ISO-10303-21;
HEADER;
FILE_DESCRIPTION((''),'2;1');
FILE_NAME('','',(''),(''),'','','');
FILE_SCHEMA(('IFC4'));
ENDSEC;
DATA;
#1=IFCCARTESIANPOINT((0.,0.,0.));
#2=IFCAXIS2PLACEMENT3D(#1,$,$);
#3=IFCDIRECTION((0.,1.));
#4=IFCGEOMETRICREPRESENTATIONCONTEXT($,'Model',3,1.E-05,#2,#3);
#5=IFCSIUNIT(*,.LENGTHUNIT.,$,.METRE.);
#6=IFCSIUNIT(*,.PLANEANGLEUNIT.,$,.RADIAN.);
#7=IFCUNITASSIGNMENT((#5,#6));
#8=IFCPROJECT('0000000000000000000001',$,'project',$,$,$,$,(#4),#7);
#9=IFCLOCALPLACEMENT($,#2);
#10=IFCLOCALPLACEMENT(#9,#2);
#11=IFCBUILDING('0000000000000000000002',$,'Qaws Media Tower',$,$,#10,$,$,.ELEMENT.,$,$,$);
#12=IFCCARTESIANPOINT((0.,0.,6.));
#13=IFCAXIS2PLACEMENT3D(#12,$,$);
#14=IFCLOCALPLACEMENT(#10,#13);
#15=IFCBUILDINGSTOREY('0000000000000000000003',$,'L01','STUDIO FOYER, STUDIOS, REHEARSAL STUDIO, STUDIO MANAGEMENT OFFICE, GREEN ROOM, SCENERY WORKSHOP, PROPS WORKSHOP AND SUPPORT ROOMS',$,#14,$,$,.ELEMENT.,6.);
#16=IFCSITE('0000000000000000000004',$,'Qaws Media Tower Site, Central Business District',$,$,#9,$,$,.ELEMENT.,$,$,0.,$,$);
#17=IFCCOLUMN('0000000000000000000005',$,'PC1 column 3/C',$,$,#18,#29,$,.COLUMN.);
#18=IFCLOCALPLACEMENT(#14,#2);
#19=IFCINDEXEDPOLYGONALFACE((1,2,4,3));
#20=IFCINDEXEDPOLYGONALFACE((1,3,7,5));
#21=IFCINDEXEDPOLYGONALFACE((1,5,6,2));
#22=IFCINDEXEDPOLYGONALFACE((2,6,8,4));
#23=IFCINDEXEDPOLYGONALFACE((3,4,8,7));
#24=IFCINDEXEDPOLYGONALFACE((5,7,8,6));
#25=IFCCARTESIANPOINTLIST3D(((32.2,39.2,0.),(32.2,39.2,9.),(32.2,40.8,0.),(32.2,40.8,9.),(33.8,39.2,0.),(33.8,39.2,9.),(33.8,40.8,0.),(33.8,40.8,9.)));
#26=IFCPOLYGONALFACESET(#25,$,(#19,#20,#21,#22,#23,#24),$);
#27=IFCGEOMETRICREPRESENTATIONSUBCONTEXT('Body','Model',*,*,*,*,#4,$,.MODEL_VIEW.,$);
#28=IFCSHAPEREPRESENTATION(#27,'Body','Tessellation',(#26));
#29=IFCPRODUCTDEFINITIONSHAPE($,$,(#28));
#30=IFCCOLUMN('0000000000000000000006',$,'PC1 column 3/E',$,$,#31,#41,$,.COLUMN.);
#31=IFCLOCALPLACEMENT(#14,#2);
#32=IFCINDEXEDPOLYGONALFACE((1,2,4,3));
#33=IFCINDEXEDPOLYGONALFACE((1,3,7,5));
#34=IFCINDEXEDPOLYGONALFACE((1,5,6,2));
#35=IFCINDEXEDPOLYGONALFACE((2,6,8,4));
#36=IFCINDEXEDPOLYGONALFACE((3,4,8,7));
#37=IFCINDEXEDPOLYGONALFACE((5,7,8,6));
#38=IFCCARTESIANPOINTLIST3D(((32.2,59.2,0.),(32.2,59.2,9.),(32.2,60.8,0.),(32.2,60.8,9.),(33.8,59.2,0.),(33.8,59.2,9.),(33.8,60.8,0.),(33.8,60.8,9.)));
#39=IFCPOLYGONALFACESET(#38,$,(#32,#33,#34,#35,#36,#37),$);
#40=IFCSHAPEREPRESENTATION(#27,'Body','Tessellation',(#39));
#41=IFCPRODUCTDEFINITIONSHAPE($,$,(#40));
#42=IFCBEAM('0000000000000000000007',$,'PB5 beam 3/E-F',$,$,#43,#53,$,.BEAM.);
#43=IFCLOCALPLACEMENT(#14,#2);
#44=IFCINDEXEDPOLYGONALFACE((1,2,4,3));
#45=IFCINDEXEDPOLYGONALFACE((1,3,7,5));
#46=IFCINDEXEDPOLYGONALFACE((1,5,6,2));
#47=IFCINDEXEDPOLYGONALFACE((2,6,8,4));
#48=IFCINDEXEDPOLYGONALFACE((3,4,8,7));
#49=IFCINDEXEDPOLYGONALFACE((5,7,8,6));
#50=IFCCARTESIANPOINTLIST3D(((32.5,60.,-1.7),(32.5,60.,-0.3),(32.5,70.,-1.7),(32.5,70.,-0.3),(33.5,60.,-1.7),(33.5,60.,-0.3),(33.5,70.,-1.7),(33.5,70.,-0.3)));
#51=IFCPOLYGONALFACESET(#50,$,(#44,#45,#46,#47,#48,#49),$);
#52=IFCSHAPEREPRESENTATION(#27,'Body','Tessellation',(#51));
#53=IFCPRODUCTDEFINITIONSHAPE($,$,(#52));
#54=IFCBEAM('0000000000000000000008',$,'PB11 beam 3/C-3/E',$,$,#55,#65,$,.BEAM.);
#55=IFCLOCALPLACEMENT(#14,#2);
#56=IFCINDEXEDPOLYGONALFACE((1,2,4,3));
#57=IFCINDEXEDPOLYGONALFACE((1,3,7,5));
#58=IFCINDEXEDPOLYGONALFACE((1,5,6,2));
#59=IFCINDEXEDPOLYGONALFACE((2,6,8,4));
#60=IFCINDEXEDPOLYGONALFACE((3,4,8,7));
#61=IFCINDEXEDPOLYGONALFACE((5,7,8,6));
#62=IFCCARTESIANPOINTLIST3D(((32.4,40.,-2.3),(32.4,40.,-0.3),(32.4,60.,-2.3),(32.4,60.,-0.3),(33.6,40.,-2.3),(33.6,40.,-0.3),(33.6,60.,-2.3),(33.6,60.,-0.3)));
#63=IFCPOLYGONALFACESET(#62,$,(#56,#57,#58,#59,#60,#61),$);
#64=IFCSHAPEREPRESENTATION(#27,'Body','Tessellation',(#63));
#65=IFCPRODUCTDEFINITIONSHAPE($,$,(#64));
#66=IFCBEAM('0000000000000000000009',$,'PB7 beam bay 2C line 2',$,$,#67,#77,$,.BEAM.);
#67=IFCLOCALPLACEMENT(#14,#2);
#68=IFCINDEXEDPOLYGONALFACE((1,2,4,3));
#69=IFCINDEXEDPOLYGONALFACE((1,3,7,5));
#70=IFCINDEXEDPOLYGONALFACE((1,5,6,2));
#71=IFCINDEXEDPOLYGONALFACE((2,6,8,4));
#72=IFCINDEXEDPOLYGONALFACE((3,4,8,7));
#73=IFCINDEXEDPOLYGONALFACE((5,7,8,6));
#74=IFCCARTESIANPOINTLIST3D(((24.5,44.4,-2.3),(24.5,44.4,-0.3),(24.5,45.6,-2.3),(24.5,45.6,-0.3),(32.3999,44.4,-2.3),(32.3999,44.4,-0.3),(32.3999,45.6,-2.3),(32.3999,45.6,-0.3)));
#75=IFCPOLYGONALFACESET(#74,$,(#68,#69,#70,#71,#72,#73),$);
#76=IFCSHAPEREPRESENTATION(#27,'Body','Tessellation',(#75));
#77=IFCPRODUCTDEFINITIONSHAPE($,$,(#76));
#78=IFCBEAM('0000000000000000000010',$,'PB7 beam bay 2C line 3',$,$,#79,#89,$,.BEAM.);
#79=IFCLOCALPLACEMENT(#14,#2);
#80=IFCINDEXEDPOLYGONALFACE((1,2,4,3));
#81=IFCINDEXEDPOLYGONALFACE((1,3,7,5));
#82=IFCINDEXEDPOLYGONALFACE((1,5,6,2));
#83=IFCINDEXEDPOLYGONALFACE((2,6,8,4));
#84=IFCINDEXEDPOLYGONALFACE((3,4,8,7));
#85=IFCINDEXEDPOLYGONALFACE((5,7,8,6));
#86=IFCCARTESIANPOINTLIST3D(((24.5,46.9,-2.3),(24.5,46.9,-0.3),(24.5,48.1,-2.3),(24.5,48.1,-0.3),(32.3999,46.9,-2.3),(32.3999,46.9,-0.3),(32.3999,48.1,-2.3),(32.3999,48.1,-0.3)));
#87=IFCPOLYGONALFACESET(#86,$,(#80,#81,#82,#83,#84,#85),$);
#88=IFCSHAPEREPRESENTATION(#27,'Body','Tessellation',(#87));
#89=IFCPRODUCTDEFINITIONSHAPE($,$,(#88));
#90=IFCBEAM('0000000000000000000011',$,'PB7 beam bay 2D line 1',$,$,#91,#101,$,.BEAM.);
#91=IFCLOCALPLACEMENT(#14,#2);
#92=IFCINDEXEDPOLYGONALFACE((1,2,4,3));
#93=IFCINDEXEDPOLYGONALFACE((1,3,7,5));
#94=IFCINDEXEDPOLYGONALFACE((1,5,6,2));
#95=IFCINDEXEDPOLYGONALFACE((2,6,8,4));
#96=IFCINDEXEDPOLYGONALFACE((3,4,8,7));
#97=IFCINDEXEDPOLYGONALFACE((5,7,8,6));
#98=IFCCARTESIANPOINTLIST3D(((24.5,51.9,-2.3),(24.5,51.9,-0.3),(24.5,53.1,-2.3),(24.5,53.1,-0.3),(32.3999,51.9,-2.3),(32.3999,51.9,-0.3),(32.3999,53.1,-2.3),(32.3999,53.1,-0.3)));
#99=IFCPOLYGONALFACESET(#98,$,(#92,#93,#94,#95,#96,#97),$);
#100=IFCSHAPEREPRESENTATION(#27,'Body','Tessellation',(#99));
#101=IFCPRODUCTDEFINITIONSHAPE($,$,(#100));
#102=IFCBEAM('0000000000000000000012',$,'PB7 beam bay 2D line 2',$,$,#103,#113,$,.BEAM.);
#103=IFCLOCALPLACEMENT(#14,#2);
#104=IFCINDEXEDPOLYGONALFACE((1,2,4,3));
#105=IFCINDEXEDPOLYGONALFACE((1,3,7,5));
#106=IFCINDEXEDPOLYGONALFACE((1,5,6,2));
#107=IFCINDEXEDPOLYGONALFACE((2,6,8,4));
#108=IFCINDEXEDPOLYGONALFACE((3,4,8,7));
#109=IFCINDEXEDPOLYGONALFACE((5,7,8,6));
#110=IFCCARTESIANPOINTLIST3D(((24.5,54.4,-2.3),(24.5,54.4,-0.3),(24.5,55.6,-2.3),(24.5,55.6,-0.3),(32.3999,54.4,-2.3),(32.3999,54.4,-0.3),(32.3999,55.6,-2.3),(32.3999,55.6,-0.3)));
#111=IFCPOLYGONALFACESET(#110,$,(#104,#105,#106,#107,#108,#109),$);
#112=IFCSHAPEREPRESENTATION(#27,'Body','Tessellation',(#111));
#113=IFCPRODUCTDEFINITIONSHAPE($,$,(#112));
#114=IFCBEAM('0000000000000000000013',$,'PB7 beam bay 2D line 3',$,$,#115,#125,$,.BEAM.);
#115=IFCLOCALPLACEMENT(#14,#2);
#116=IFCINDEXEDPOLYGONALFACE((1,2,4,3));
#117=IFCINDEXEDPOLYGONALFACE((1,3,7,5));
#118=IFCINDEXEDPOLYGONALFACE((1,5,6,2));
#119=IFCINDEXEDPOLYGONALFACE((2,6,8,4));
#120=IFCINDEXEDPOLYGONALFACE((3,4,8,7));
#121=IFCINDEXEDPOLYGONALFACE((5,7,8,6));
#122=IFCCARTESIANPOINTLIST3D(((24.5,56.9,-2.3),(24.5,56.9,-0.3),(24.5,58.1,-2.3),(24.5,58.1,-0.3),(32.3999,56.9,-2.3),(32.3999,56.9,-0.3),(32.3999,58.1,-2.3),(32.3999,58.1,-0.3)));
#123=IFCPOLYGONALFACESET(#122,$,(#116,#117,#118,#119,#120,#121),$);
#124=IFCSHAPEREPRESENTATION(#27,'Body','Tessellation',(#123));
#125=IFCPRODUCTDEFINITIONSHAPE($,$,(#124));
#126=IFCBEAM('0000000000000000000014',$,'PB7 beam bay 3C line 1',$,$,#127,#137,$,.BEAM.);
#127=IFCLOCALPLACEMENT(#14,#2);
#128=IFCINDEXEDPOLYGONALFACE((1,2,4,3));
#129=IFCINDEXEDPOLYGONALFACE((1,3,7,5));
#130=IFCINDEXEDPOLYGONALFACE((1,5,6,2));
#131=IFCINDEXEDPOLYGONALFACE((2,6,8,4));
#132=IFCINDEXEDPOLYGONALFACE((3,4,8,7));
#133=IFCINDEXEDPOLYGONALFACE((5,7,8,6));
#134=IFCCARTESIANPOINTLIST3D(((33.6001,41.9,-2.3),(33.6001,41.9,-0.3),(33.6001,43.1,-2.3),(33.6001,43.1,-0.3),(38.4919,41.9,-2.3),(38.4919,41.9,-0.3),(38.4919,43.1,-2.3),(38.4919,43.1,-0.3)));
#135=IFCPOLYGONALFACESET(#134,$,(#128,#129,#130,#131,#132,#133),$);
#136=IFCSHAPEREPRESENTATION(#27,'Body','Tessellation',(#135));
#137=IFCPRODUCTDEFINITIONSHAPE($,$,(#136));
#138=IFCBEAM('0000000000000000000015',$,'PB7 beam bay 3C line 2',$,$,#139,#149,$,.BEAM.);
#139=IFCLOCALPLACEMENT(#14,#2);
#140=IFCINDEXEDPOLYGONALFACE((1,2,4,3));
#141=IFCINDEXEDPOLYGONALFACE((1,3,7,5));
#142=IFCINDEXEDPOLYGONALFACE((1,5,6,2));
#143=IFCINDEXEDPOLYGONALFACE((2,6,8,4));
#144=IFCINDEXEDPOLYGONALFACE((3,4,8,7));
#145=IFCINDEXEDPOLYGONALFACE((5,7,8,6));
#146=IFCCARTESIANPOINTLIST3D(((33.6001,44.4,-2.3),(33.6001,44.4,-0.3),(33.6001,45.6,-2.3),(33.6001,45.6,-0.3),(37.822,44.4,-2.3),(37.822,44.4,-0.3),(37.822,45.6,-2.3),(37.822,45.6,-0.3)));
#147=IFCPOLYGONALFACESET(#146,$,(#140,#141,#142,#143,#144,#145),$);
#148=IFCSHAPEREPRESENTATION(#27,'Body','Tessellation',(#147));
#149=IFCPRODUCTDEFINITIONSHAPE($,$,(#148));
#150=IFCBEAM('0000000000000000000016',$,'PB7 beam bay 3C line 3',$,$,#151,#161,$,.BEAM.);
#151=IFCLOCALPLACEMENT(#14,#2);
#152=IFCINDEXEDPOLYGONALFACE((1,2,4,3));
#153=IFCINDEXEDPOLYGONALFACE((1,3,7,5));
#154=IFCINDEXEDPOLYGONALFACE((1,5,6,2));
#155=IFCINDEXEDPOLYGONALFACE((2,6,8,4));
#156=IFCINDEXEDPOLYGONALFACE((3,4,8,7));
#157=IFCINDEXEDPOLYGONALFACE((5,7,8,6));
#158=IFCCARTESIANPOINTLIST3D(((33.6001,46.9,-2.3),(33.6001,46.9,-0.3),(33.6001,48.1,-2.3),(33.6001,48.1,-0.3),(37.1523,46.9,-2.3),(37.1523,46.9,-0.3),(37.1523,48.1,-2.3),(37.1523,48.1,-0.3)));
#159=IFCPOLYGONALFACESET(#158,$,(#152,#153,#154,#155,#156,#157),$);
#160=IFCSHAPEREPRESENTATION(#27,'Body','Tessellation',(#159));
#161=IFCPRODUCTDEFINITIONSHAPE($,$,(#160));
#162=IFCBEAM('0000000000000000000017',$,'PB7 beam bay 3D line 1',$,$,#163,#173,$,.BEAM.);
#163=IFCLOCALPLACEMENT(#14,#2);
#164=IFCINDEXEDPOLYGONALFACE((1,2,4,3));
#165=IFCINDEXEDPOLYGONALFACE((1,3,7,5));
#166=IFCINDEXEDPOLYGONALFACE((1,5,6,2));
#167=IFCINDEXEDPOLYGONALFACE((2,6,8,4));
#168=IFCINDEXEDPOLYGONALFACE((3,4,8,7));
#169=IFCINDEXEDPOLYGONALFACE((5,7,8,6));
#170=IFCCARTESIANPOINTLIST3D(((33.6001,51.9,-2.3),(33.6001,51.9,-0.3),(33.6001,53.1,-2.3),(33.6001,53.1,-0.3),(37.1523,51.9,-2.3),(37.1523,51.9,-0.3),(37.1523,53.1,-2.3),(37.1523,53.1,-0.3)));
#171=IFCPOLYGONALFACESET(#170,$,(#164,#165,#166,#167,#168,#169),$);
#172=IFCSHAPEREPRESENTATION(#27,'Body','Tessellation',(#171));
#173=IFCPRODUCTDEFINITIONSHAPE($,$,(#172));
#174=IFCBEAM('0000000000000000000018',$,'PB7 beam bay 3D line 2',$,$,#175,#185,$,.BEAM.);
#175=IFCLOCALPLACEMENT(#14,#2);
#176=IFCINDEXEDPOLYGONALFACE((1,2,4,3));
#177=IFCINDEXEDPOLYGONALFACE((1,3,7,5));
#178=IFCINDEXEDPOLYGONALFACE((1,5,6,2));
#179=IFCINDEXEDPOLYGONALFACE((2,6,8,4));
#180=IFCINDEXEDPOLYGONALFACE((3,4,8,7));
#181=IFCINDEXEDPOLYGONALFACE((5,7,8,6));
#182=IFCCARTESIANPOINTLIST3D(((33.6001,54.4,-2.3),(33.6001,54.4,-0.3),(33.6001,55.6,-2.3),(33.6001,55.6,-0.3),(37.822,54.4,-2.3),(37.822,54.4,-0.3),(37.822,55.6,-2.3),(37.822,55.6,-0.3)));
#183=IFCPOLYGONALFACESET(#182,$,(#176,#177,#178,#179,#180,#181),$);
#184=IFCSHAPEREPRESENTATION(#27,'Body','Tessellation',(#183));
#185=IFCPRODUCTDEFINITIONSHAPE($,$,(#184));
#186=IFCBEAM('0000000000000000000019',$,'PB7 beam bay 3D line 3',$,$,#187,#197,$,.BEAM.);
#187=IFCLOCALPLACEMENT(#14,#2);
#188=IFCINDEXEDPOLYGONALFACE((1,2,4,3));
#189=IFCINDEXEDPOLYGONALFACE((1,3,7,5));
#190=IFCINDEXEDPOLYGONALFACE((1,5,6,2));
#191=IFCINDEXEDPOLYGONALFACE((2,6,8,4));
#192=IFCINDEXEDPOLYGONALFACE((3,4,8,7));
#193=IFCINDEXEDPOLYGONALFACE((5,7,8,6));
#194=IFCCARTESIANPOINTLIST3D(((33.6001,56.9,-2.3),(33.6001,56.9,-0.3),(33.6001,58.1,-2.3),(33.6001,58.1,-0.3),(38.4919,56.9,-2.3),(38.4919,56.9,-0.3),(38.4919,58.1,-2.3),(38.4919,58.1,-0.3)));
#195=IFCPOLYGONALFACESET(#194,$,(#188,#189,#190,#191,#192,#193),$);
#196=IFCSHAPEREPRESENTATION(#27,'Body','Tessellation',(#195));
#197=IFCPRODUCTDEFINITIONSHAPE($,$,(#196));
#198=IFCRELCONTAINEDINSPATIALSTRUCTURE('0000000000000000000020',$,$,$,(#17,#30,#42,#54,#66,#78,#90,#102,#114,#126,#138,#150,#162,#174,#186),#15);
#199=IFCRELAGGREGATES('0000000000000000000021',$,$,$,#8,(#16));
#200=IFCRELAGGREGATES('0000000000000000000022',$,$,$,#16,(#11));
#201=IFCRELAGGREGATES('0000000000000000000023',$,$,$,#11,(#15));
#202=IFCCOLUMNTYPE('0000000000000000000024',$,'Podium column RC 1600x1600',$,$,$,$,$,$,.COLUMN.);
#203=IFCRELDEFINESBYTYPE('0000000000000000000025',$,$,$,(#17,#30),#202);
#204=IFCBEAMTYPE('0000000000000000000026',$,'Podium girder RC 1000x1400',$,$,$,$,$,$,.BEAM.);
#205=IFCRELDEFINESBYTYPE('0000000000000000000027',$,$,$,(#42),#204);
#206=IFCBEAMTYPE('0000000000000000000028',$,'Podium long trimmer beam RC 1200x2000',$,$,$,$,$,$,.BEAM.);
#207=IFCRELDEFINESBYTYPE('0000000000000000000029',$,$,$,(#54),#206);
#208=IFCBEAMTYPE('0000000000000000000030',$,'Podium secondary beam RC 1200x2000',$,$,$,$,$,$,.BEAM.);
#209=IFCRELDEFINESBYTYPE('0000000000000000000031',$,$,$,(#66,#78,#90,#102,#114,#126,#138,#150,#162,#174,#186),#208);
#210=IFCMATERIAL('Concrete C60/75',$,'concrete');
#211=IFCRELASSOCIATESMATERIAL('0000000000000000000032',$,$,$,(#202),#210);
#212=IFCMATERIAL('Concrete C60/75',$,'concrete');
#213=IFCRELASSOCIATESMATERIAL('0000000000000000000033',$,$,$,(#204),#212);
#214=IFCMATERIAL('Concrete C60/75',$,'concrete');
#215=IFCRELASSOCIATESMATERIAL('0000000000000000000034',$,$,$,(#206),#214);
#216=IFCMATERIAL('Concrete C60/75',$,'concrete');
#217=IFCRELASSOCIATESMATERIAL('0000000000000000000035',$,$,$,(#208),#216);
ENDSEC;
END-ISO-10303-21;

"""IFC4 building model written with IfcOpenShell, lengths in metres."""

from ifc_helpers import new_model, si_unit, direction, frame, origin, origin_2d, place, context, subcontext, project, spatial, rectangle, extrude, material, material_profile, profile_set, type_object, element, save


model = new_model("IFC4")

# Units and contexts
model_context = context("Model", 3, precision=1e-05, world=origin(), true_north=direction((0.0, 1.0)))
body_context = subcontext(model_context, "Body", "Model", "MODEL_VIEW")
ifc_project = project(units=[si_unit("LENGTHUNIT", "METRE"), si_unit("PLANEANGLEUNIT", "RADIAN")], contexts=[model_context])

# Site, building, storey
site_placement = place(None, origin())
site = spatial("IfcSite", under=ifc_project, at=site_placement, Name="Qaws Media Tower Site, Central Business District", CompositionType="ELEMENT", RefElevation=0.0)
building_placement = place(site_placement, origin())
building = spatial("IfcBuilding", under=site, at=building_placement, Name="Qaws Media Tower", CompositionType="ELEMENT")
storey_placement = place(building_placement, frame((0.0, 0.0, 6.0)))
storey = spatial("IfcBuildingStorey", under=building, at=storey_placement, Name="L01", Description="STUDIO FOYER, STUDIOS, REHEARSAL STUDIO, STUDIO MANAGEMENT OFFICE, GREEN ROOM, SCENERY WORKSHOP, PROPS WORKSHOP AND SUPPORT ROOMS", CompositionType="ELEMENT", Elevation=6.0)

# Columns
ifc_material_1 = material(Name="Concrete C60/75", Category="concrete")
ifc_material_profile_1 = material_profile(ifc_material_1, rectangle(XDim=1.6001, YDim=1.6001, at=origin_2d()), Name="RC 1600x1600")
ifc_profile_set_1 = profile_set([ifc_material_profile_1], Name="Concrete C60/75")
column_type = type_object("IfcColumnType", Name="Podium column RC 1600x1600", PredefinedType="COLUMN", material=ifc_profile_set_1)
for number, where, z_axis, x_axis, name in (
    (1, (33.0, 40.0, 0.0), (0.0, 0.0, 1.0), (1.0, 0.0, 0.0), "PC1 column 3/C"),
    (2, (33.0, 60.0, 0.0), (0.0, 0.0, 1.0), (1.0, 0.0, 0.0), "PC1 column 3/E"),
):
    element("IfcColumn", number, at=place(storey_placement, frame(where, z_axis=z_axis, x_axis=x_axis)), inside=storey, type_object=column_type, Name=name, PredefinedType="COLUMN", context=body_context, shape_type="SweptSolid", body=[
        extrude(rectangle(XDim=1.6001, YDim=1.6001, at=origin_2d()), origin(), (0.0, 0.0, 1.0), 9.0),
    ])

# Beams
ifc_material_2 = material(Name="Concrete C60/75", Category="concrete")
ifc_material_profile_2 = material_profile(ifc_material_2, rectangle(XDim=1.0, YDim=1.3999, at=origin_2d()), Name="RC 1000x1400")
ifc_profile_set_2 = profile_set([ifc_material_profile_2], Name="Concrete C60/75")
beam_type_1 = type_object("IfcBeamType", Name="Podium girder RC 1000x1400", PredefinedType="BEAM", material=ifc_profile_set_2)
beam_1_placement = place(storey_placement, frame((33.0, 60.0, -1.0), z_axis=(0.0, 1.0, 0.0), x_axis=(-1.0, 0.0, 0.0)))
element("IfcBeam", 3, at=beam_1_placement, inside=storey, type_object=beam_type_1, Name="PB5 beam 3/E-F", PredefinedType="BEAM", context=body_context, shape_type="SweptSolid", body=[
    extrude(rectangle(XDim=1.0, YDim=1.3999, at=origin_2d()), origin(), (0.0, 0.0, 1.0), 10.0),
])
ifc_material_3 = material(Name="Concrete C60/75", Category="concrete")
ifc_material_profile_3 = material_profile(ifc_material_3, rectangle(XDim=1.2, YDim=2.0, at=origin_2d()), Name="RC 1200x2000")
ifc_profile_set_3 = profile_set([ifc_material_profile_3], Name="Concrete C60/75")
beam_type_2 = type_object("IfcBeamType", Name="Podium long trimmer beam RC 1200x2000", PredefinedType="BEAM", material=ifc_profile_set_3)
beam_2_placement = place(storey_placement, frame((33.0, 40.0, -1.3), z_axis=(0.0, 1.0, 0.0), x_axis=(-1.0, 0.0, 0.0)))
element("IfcBeam", 4, at=beam_2_placement, inside=storey, type_object=beam_type_2, Name="PB11 beam 3/C-3/E", PredefinedType="BEAM", context=body_context, shape_type="SweptSolid", body=[
    extrude(rectangle(XDim=1.2, YDim=2.0, at=origin_2d()), origin(), (0.0, 0.0, 1.0), 20.0),
])
ifc_material_4 = material(Name="Concrete C60/75", Category="concrete")
ifc_material_profile_4 = material_profile(ifc_material_4, rectangle(XDim=1.2, YDim=2.0, at=origin_2d()), Name="RC 1200x2000")
ifc_profile_set_4 = profile_set([ifc_material_profile_4], Name="Concrete C60/75")
beam_type_3 = type_object("IfcBeamType", Name="Podium secondary beam RC 1200x2000", PredefinedType="BEAM", material=ifc_profile_set_4)
for number, where, z_axis, x_axis, name in (
    (5, (24.5, 45.0, -1.3), (1.0, 0.0, 0.0), (0.0, 1.0, 0.0), "PB7 beam bay 2C line 2"),
    (6, (24.5, 47.5, -1.3), (1.0, 0.0, 0.0), (0.0, 1.0, 0.0), "PB7 beam bay 2C line 3"),
    (7, (24.5, 52.5, -1.3), (1.0, 0.0, 0.0), (0.0, 1.0, 0.0), "PB7 beam bay 2D line 1"),
    (8, (24.5, 55.0, -1.3), (1.0, 0.0, 0.0), (0.0, 1.0, 0.0), "PB7 beam bay 2D line 2"),
    (9, (24.5, 57.5, -1.3), (1.0, 0.0, 0.0), (0.0, 1.0, 0.0), "PB7 beam bay 2D line 3"),
):
    element("IfcBeam", number, at=place(storey_placement, frame(where, z_axis=z_axis, x_axis=x_axis)), inside=storey, type_object=beam_type_3, Name=name, PredefinedType="BEAM", context=body_context, shape_type="SweptSolid", body=[
        extrude(rectangle(XDim=1.2, YDim=2.0, at=origin_2d()), origin(), (0.0, 0.0, 1.0), 7.8999),
    ])
beam_3_placement = place(storey_placement, frame((33.6001, 42.5, -1.3), z_axis=(1.0, 0.0, 0.0), x_axis=(0.0, 1.0, 0.0)))
element("IfcBeam", 10, at=beam_3_placement, inside=storey, type_object=beam_type_3, Name="PB7 beam bay 3C line 1", PredefinedType="BEAM", context=body_context, shape_type="SweptSolid", body=[
    extrude(rectangle(XDim=1.2, YDim=2.0, at=origin_2d()), origin(), (0.0, 0.0, 1.0), 4.8918),
])
beam_4_placement = place(storey_placement, frame((33.6001, 45.0, -1.3), z_axis=(1.0, 0.0, 0.0), x_axis=(0.0, 1.0, 0.0)))
element("IfcBeam", 11, at=beam_4_placement, inside=storey, type_object=beam_type_3, Name="PB7 beam bay 3C line 2", PredefinedType="BEAM", context=body_context, shape_type="SweptSolid", body=[
    extrude(rectangle(XDim=1.2, YDim=2.0, at=origin_2d()), origin(), (0.0, 0.0, 1.0), 4.2219),
])
for number, where, z_axis, x_axis, name in (
    (12, (33.6001, 47.5, -1.3), (1.0, 0.0, 0.0), (0.0, 1.0, 0.0), "PB7 beam bay 3C line 3"),
    (13, (33.6001, 52.5, -1.3), (1.0, 0.0, 0.0), (0.0, 1.0, 0.0), "PB7 beam bay 3D line 1"),
):
    element("IfcBeam", number, at=place(storey_placement, frame(where, z_axis=z_axis, x_axis=x_axis)), inside=storey, type_object=beam_type_3, Name=name, PredefinedType="BEAM", context=body_context, shape_type="SweptSolid", body=[
        extrude(rectangle(XDim=1.2, YDim=2.0, at=origin_2d()), origin(), (0.0, 0.0, 1.0), 3.5522),
    ])
beam_5_placement = place(storey_placement, frame((33.6001, 55.0, -1.3), z_axis=(1.0, 0.0, 0.0), x_axis=(0.0, 1.0, 0.0)))
element("IfcBeam", 14, at=beam_5_placement, inside=storey, type_object=beam_type_3, Name="PB7 beam bay 3D line 2", PredefinedType="BEAM", context=body_context, shape_type="SweptSolid", body=[
    extrude(rectangle(XDim=1.2, YDim=2.0, at=origin_2d()), origin(), (0.0, 0.0, 1.0), 4.2219),
])
beam_6_placement = place(storey_placement, frame((33.6001, 57.5, -1.3), z_axis=(1.0, 0.0, 0.0), x_axis=(0.0, 1.0, 0.0)))
element("IfcBeam", 15, at=beam_6_placement, inside=storey, type_object=beam_type_3, Name="PB7 beam bay 3D line 3", PredefinedType="BEAM", context=body_context, shape_type="SweptSolid", body=[
    extrude(rectangle(XDim=1.2, YDim=2.0, at=origin_2d()), origin(), (0.0, 0.0, 1.0), 4.8918),
])

save(model, "model.ifc")
